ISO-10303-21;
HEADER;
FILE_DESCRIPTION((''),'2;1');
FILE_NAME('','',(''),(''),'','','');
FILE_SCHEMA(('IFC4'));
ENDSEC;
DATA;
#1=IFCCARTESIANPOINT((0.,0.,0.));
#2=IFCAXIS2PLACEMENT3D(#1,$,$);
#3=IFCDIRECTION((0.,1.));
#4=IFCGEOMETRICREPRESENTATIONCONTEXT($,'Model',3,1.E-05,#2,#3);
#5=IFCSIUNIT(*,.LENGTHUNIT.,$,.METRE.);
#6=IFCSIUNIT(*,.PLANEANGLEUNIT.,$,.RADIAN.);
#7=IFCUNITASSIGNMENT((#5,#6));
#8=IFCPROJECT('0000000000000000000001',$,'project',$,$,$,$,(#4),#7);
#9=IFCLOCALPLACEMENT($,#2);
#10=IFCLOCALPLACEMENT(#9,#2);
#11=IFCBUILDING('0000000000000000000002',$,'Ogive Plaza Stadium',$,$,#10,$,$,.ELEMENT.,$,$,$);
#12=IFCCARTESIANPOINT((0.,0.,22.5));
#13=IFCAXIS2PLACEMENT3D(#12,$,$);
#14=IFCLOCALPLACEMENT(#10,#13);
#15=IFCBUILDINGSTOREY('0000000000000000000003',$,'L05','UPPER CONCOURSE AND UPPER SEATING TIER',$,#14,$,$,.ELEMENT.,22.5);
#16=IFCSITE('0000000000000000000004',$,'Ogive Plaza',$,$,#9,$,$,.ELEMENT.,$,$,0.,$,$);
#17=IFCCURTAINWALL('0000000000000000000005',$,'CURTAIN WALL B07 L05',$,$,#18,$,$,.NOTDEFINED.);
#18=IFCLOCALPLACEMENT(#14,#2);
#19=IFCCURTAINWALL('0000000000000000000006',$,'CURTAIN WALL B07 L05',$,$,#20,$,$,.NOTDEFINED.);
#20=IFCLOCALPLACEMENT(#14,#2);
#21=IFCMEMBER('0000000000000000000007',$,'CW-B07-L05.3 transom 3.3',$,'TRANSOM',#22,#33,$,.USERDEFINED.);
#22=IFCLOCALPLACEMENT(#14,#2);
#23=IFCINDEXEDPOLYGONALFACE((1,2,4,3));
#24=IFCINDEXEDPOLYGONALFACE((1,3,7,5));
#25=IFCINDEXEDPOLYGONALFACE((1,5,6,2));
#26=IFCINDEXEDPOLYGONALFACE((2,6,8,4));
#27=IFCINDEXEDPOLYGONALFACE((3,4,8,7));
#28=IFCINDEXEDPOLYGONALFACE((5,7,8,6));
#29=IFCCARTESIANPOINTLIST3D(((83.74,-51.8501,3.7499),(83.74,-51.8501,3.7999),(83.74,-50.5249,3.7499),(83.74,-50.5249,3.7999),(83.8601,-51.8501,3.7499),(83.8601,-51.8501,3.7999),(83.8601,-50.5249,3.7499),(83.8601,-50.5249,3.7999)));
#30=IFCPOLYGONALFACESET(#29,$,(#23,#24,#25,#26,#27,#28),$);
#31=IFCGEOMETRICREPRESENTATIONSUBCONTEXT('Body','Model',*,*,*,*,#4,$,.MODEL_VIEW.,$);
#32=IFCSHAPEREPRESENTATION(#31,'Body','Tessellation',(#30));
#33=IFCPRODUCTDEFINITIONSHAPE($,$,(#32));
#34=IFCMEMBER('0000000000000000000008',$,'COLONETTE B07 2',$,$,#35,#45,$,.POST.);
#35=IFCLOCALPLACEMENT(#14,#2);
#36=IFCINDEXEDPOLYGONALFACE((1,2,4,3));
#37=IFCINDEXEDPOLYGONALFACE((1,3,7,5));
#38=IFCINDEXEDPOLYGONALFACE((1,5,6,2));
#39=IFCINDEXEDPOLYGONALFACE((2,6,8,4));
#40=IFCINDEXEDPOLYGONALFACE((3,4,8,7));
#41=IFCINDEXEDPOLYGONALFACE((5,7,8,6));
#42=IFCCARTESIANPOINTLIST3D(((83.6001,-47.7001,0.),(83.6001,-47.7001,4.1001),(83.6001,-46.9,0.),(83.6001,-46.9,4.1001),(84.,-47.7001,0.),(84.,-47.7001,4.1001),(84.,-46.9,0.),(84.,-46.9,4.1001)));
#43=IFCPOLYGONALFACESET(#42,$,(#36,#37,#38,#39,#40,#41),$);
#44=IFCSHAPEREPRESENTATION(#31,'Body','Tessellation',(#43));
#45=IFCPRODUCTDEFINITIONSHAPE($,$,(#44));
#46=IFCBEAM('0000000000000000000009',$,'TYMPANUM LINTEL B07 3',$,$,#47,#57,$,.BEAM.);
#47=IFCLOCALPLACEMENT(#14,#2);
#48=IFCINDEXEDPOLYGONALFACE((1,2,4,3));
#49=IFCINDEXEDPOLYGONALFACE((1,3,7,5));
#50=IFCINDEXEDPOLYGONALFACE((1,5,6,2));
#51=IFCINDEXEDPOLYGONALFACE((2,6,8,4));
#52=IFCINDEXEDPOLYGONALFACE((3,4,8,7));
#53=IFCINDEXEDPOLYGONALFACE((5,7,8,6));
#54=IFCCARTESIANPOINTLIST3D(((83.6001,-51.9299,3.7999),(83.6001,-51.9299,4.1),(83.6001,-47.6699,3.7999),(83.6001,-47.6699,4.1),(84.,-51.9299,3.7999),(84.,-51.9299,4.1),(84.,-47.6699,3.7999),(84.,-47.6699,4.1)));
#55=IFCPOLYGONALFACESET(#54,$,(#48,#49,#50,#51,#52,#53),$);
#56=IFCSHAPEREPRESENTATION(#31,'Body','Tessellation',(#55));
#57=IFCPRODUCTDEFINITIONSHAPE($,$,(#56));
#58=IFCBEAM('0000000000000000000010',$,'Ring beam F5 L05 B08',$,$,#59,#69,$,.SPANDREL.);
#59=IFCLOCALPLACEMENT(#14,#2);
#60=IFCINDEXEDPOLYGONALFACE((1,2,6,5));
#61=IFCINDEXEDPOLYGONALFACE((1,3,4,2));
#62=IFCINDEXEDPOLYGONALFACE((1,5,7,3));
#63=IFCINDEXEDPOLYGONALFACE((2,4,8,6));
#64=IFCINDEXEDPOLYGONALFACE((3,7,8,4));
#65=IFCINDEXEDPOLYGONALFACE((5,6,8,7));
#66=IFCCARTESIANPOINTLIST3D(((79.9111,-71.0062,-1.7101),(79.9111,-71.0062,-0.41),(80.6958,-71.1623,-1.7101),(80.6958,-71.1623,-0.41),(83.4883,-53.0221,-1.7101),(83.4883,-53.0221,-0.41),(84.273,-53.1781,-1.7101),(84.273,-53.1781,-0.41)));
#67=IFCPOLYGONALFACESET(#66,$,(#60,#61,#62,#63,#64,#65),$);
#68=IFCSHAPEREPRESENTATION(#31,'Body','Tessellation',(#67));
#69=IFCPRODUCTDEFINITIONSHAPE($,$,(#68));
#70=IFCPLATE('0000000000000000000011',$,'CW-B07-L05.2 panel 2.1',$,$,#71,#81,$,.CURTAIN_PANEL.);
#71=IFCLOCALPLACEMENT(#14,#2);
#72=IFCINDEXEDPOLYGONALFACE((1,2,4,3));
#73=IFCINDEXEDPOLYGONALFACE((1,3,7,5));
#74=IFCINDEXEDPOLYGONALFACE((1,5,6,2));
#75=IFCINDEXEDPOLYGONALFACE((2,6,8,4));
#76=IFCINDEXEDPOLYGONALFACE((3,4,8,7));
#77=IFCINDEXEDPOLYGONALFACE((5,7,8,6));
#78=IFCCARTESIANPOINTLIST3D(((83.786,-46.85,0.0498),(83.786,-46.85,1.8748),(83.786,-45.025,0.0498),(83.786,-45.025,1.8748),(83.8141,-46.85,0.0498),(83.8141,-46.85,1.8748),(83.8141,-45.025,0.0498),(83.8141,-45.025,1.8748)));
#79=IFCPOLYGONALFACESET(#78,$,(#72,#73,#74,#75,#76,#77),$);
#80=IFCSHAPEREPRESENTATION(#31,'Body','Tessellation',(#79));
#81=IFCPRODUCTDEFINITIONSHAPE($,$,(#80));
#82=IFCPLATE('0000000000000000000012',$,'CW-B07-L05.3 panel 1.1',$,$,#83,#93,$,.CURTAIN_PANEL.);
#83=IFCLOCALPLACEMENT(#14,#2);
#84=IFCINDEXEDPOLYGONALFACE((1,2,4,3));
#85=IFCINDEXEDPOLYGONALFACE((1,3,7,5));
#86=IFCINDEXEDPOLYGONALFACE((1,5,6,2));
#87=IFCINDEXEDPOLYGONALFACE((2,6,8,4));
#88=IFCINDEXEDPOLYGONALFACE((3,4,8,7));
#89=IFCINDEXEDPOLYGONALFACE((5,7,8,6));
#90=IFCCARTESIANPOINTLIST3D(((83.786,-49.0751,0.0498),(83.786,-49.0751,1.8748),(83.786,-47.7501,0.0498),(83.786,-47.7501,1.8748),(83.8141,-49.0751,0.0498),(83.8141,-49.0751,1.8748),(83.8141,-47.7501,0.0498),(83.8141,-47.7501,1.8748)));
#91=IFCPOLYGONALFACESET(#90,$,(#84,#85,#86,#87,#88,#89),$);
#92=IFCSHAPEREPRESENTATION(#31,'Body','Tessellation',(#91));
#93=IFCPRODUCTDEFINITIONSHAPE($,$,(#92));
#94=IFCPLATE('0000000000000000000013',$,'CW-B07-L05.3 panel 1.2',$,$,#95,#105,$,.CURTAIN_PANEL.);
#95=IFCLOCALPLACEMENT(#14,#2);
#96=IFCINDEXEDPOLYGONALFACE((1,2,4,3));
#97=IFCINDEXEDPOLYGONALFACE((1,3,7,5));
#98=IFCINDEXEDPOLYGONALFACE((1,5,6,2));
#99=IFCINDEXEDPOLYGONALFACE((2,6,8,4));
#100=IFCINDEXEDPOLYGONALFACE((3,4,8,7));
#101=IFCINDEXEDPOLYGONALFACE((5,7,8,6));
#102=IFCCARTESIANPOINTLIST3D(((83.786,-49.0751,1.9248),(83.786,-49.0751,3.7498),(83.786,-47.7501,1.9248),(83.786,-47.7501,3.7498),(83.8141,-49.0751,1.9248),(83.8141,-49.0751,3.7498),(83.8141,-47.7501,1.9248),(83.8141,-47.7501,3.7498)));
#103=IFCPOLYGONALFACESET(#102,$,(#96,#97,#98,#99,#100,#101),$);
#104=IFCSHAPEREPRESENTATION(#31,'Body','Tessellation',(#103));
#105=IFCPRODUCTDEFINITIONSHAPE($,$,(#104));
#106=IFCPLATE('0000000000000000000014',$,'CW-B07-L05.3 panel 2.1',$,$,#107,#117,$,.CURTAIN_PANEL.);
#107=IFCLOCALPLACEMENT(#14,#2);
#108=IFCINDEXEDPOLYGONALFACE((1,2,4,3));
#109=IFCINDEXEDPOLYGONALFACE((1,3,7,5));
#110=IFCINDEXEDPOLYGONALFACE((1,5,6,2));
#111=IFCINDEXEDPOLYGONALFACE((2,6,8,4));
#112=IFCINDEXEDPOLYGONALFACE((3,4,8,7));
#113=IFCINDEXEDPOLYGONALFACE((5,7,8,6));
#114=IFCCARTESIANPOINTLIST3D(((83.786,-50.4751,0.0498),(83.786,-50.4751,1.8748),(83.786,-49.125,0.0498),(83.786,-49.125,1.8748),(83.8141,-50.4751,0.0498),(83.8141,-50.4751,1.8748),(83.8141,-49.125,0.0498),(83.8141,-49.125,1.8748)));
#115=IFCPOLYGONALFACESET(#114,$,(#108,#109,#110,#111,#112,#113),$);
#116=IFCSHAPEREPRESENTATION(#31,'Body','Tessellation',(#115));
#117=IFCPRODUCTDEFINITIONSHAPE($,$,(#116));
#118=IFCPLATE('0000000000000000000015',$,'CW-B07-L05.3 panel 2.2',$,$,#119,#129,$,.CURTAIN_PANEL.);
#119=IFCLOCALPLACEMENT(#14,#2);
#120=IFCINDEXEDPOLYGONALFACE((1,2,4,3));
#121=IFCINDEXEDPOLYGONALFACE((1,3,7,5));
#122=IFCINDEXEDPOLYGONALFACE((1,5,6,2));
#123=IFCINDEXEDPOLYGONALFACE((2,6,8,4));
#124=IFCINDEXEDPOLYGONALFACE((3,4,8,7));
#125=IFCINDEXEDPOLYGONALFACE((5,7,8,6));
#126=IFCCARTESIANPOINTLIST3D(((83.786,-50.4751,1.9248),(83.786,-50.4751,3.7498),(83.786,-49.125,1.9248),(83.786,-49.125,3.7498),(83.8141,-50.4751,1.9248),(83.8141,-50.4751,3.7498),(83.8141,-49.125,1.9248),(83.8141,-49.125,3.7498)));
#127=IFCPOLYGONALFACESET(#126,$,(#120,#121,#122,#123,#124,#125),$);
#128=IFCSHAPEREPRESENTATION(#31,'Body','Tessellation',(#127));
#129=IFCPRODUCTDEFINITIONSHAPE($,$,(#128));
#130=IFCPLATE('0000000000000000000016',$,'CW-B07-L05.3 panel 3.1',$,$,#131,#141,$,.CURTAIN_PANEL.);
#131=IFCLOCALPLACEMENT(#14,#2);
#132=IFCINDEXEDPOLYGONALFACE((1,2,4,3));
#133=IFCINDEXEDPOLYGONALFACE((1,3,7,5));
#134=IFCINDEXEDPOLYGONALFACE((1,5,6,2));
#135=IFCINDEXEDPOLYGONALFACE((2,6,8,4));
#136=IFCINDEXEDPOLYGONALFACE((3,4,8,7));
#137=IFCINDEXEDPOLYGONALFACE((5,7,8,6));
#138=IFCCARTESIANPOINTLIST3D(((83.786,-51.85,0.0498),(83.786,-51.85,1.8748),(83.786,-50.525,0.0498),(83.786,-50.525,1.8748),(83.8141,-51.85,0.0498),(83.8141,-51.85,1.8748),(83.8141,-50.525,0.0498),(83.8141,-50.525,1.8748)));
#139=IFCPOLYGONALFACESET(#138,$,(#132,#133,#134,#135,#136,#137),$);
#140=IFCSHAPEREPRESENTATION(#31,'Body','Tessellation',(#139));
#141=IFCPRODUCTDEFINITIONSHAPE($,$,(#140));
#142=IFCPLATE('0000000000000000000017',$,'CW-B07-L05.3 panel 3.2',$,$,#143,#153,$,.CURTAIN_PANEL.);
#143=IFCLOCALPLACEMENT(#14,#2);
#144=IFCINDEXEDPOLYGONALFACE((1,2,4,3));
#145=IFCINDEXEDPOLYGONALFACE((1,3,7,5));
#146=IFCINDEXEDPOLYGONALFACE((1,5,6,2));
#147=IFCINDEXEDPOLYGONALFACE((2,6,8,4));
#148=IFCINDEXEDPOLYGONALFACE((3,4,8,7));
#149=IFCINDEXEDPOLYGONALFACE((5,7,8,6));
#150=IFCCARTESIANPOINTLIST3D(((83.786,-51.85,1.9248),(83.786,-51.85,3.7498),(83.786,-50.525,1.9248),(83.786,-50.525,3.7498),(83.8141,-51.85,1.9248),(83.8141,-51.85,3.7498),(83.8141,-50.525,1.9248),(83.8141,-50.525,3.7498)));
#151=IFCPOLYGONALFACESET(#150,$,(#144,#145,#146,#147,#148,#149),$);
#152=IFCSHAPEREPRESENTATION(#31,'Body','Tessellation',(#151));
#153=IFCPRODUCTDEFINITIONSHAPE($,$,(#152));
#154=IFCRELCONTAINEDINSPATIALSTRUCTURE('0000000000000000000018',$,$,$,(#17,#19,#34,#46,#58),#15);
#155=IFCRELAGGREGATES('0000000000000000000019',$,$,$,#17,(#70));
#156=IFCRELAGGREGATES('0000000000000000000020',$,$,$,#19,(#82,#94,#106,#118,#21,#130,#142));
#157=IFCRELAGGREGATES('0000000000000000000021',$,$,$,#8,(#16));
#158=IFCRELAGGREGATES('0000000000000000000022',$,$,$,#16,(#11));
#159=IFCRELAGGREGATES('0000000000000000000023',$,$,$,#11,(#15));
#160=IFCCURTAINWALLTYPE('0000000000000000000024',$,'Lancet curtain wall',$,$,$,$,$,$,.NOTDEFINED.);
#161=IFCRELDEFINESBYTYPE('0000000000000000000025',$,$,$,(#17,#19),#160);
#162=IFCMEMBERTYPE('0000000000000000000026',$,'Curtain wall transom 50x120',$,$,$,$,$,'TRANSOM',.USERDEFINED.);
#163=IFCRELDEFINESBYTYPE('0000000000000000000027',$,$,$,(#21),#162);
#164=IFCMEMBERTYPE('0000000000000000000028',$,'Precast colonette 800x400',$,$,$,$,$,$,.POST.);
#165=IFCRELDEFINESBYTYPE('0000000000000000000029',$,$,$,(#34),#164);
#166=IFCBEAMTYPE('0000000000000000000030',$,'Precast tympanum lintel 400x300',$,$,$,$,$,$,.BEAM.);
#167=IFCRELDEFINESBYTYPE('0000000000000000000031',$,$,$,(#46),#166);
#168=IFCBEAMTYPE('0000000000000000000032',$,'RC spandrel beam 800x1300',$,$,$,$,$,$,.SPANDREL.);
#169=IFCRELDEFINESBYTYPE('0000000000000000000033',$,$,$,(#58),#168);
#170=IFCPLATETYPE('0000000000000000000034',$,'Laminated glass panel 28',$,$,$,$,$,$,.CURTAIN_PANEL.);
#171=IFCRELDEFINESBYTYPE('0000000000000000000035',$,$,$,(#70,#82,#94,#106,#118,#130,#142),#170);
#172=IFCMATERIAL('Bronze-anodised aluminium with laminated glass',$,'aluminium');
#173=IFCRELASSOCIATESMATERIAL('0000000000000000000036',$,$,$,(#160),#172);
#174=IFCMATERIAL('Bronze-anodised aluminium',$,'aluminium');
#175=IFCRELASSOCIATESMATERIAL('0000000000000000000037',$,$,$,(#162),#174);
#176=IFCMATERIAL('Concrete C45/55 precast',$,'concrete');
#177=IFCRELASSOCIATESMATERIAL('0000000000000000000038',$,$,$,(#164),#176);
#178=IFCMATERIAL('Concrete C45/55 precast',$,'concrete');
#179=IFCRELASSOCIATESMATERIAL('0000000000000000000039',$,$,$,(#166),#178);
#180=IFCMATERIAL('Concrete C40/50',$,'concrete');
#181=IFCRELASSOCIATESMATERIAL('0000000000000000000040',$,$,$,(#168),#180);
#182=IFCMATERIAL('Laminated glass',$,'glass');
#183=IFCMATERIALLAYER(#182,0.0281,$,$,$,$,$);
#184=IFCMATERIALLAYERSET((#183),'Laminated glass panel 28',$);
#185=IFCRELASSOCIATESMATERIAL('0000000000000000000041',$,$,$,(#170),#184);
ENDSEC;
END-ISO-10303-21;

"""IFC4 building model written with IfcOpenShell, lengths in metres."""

from ifc_helpers import new_model, si_unit, direction, frame, origin, origin_2d, place, context, subcontext, project, spatial, rectangle, extrude, material, layer, layer_set, material_profile, profile_set, type_object, element, aggregate, save


model = new_model("IFC4")

# Units and contexts
model_context = context("Model", 3, precision=1e-05, world=origin(), true_north=direction((0.0, 1.0)))
body_context = subcontext(model_context, "Body", "Model", "MODEL_VIEW")
ifc_project = project(units=[si_unit("LENGTHUNIT", "METRE"), si_unit("PLANEANGLEUNIT", "RADIAN")], contexts=[model_context])

# Site, building, storey
site_placement = place(None, origin())
site = spatial("IfcSite", under=ifc_project, at=site_placement, Name="Ogive Plaza", CompositionType="ELEMENT", RefElevation=0.0)
building_placement = place(site_placement, origin())
building = spatial("IfcBuilding", under=site, at=building_placement, Name="Ogive Plaza Stadium", CompositionType="ELEMENT")
storey_placement = place(building_placement, frame((0.0, 0.0, 22.5)))
storey = spatial("IfcBuildingStorey", under=building, at=storey_placement, Name="L05", Description="UPPER CONCOURSE AND UPPER SEATING TIER", CompositionType="ELEMENT", Elevation=22.5)

# Curtain wall
ifc_material_1 = material(Name="Bronze-anodised aluminium with laminated glass", Category="aluminium")
curtain_wall_type = type_object("IfcCurtainWallType", Name="Lancet curtain wall", PredefinedType="NOTDEFINED", material=ifc_material_1)
curtain_wall_1_placement = place(storey_placement, origin())
curtain_wall_1 = element("IfcCurtainWall", 1, at=curtain_wall_1_placement, inside=storey, type_object=curtain_wall_type, Name="CURTAIN WALL B07 L05", PredefinedType="NOTDEFINED")

# Curtain wall, member
curtain_wall_2_placement = place(storey_placement, origin())
curtain_wall_2 = element("IfcCurtainWall", 2, at=curtain_wall_2_placement, inside=storey, type_object=curtain_wall_type, Name="CURTAIN WALL B07 L05", PredefinedType="NOTDEFINED")
ifc_material_2 = material(Name="Bronze-anodised aluminium", Category="aluminium")
ifc_material_profile_1 = material_profile(ifc_material_2, rectangle(XDim=0.1201, YDim=0.05, at=origin_2d()), Name="AL 120x50")
ifc_profile_set_1 = profile_set([ifc_material_profile_1], Name="Bronze-anodised aluminium")
member_type_1 = type_object("IfcMemberType", Name="Curtain wall transom 50x120", ElementType="TRANSOM", PredefinedType="USERDEFINED", material=ifc_profile_set_1)
member_1_placement = place(storey_placement, frame((83.8, -50.5249, 3.7749), z_axis=(0.0, -1.0, 0.0), x_axis=(1.0, 0.0, 0.0)))
member_1 = element("IfcMember", 3, at=member_1_placement, type_object=member_type_1, Name="CW-B07-L05.3 transom 3.3", ObjectType="TRANSOM", PredefinedType="USERDEFINED", context=body_context, shape_type="SweptSolid", body=[
    extrude(rectangle(XDim=0.1201, YDim=0.05, at=origin_2d()), origin(), (0.0, 0.0, 1.0), 1.3252),
])

# Member
ifc_material_3 = material(Name="Concrete C45/55 precast", Category="concrete")
ifc_material_profile_2 = material_profile(ifc_material_3, rectangle(XDim=0.3999, YDim=0.8, at=origin_2d()), Name="RC 400x800")
ifc_profile_set_2 = profile_set([ifc_material_profile_2], Name="Concrete C45/55 precast")
member_type_2 = type_object("IfcMemberType", Name="Precast colonette 800x400", PredefinedType="POST", material=ifc_profile_set_2)
member_2_placement = place(storey_placement, frame((83.8, -47.3, 0.0), z_axis=(0.0, 0.0, 1.0), x_axis=(1.0, 0.0, 0.0)))
element("IfcMember", 4, at=member_2_placement, inside=storey, type_object=member_type_2, Name="COLONETTE B07 2", PredefinedType="POST", context=body_context, shape_type="SweptSolid", body=[
    extrude(rectangle(XDim=0.3999, YDim=0.8, at=origin_2d()), origin(), (0.0, 0.0, 1.0), 4.1001),
])

# Beams
ifc_material_4 = material(Name="Concrete C45/55 precast", Category="concrete")
ifc_material_profile_3 = material_profile(ifc_material_4, rectangle(XDim=0.3999, YDim=0.3, at=origin_2d()), Name="RC 400x300")
ifc_profile_set_3 = profile_set([ifc_material_profile_3], Name="Concrete C45/55 precast")
beam_type_1 = type_object("IfcBeamType", Name="Precast tympanum lintel 400x300", PredefinedType="BEAM", material=ifc_profile_set_3)
beam_1_placement = place(storey_placement, frame((83.8, -47.6699, 3.95), z_axis=(0.0, -1.0, 0.0), x_axis=(1.0, 0.0, 0.0)))
element("IfcBeam", 5, at=beam_1_placement, inside=storey, type_object=beam_type_1, Name="TYMPANUM LINTEL B07 3", PredefinedType="BEAM", context=body_context, shape_type="SweptSolid", body=[
    extrude(rectangle(XDim=0.3999, YDim=0.3, at=origin_2d()), origin(), (0.0, 0.0, 1.0), 4.26),
])
ifc_material_5 = material(Name="Concrete C40/50", Category="concrete")
ifc_material_profile_4 = material_profile(ifc_material_5, rectangle(XDim=0.8, YDim=1.3, at=origin_2d()), Name="RC 800x1300")
ifc_profile_set_4 = profile_set([ifc_material_profile_4], Name="Concrete C40/50")
beam_type_2 = type_object("IfcBeamType", Name="RC spandrel beam 800x1300", PredefinedType="SPANDREL", material=ifc_profile_set_4)
beam_2_placement = place(storey_placement, frame((83.8806, -53.1001, -1.0601), z_axis=(-0.195084, -0.980787, 0.0), x_axis=(0.980787, -0.195084, 0.0)))
element("IfcBeam", 6, at=beam_2_placement, inside=storey, type_object=beam_type_2, Name="Ring beam F5 L05 B08", PredefinedType="SPANDREL", context=body_context, shape_type="SweptSolid", body=[
    extrude(rectangle(XDim=0.8, YDim=1.3, at=origin_2d()), origin(), (0.0, 0.0, 1.0), 18.3364),
])

# Plates
ifc_material_6 = material(Name="Laminated glass", Category="glass")
ifc_layer_1 = layer(ifc_material_6, 0.0281)
ifc_layer_set_1 = layer_set([ifc_layer_1], Name="Laminated glass panel 28")
plate_type = type_object("IfcPlateType", Name="Laminated glass panel 28", PredefinedType="CURTAIN_PANEL", material=ifc_layer_set_1)
plate_1_placement = place(storey_placement, frame((83.8, -45.9375, 0.0498), z_axis=(0.0, 0.0, 1.0), x_axis=(0.0, -1.0, 0.0)))
plate_1 = element("IfcPlate", 7, at=plate_1_placement, type_object=plate_type, Name="CW-B07-L05.2 panel 2.1", PredefinedType="CURTAIN_PANEL", context=body_context, shape_type="SweptSolid", body=[
    extrude(rectangle(XDim=1.825, YDim=0.0281, at=origin_2d()), origin(), (0.0, 0.0, 1.0), 1.825),
])
aggregate(curtain_wall_1, [plate_1])
plate_2_placement = place(storey_placement, frame((83.8, -48.4126, 0.0498), z_axis=(0.0, 0.0, 1.0), x_axis=(0.0, -1.0, 0.0)))
plate_2 = element("IfcPlate", 8, at=plate_2_placement, type_object=plate_type, Name="CW-B07-L05.3 panel 1.1", PredefinedType="CURTAIN_PANEL", context=body_context, shape_type="SweptSolid", body=[
    extrude(rectangle(XDim=1.325, YDim=0.0281, at=origin_2d()), origin(), (0.0, 0.0, 1.0), 1.825),
])
plate_3_placement = place(storey_placement, frame((83.8, -48.4126, 1.9248), z_axis=(0.0, 0.0, 1.0), x_axis=(0.0, -1.0, 0.0)))
plate_3 = element("IfcPlate", 9, at=plate_3_placement, type_object=plate_type, Name="CW-B07-L05.3 panel 1.2", PredefinedType="CURTAIN_PANEL", context=body_context, shape_type="SweptSolid", body=[
    extrude(rectangle(XDim=1.325, YDim=0.0281, at=origin_2d()), origin(), (0.0, 0.0, 1.0), 1.825),
])
plate_4_placement = place(storey_placement, frame((83.8, -49.8, 0.0498), z_axis=(0.0, 0.0, 1.0), x_axis=(0.0, -1.0, 0.0)))
plate_4 = element("IfcPlate", 10, at=plate_4_placement, type_object=plate_type, Name="CW-B07-L05.3 panel 2.1", PredefinedType="CURTAIN_PANEL", context=body_context, shape_type="SweptSolid", body=[
    extrude(rectangle(XDim=1.3501, YDim=0.0281, at=origin_2d()), origin(), (0.0, 0.0, 1.0), 1.825),
])
plate_5_placement = place(storey_placement, frame((83.8, -49.8, 1.9248), z_axis=(0.0, 0.0, 1.0), x_axis=(0.0, -1.0, 0.0)))
plate_5 = element("IfcPlate", 11, at=plate_5_placement, type_object=plate_type, Name="CW-B07-L05.3 panel 2.2", PredefinedType="CURTAIN_PANEL", context=body_context, shape_type="SweptSolid", body=[
    extrude(rectangle(XDim=1.3501, YDim=0.0281, at=origin_2d()), origin(), (0.0, 0.0, 1.0), 1.825),
])
plate_6_placement = place(storey_placement, frame((83.8, -51.1875, 0.0498), z_axis=(0.0, 0.0, 1.0), x_axis=(0.0, -1.0, 0.0)))
plate_6 = element("IfcPlate", 12, at=plate_6_placement, type_object=plate_type, Name="CW-B07-L05.3 panel 3.1", PredefinedType="CURTAIN_PANEL", context=body_context, shape_type="SweptSolid", body=[
    extrude(rectangle(XDim=1.325, YDim=0.0281, at=origin_2d()), origin(), (0.0, 0.0, 1.0), 1.825),
])
plate_7_placement = place(storey_placement, frame((83.8, -51.1875, 1.9248), z_axis=(0.0, 0.0, 1.0), x_axis=(0.0, -1.0, 0.0)))
plate_7 = element("IfcPlate", 13, at=plate_7_placement, type_object=plate_type, Name="CW-B07-L05.3 panel 3.2", PredefinedType="CURTAIN_PANEL", context=body_context, shape_type="SweptSolid", body=[
    extrude(rectangle(XDim=1.325, YDim=0.0281, at=origin_2d()), origin(), (0.0, 0.0, 1.0), 1.825),
])
aggregate(curtain_wall_2, [plate_2, plate_3, plate_4, plate_5, member_1, plate_6, plate_7])

save(model, "model.ifc")
